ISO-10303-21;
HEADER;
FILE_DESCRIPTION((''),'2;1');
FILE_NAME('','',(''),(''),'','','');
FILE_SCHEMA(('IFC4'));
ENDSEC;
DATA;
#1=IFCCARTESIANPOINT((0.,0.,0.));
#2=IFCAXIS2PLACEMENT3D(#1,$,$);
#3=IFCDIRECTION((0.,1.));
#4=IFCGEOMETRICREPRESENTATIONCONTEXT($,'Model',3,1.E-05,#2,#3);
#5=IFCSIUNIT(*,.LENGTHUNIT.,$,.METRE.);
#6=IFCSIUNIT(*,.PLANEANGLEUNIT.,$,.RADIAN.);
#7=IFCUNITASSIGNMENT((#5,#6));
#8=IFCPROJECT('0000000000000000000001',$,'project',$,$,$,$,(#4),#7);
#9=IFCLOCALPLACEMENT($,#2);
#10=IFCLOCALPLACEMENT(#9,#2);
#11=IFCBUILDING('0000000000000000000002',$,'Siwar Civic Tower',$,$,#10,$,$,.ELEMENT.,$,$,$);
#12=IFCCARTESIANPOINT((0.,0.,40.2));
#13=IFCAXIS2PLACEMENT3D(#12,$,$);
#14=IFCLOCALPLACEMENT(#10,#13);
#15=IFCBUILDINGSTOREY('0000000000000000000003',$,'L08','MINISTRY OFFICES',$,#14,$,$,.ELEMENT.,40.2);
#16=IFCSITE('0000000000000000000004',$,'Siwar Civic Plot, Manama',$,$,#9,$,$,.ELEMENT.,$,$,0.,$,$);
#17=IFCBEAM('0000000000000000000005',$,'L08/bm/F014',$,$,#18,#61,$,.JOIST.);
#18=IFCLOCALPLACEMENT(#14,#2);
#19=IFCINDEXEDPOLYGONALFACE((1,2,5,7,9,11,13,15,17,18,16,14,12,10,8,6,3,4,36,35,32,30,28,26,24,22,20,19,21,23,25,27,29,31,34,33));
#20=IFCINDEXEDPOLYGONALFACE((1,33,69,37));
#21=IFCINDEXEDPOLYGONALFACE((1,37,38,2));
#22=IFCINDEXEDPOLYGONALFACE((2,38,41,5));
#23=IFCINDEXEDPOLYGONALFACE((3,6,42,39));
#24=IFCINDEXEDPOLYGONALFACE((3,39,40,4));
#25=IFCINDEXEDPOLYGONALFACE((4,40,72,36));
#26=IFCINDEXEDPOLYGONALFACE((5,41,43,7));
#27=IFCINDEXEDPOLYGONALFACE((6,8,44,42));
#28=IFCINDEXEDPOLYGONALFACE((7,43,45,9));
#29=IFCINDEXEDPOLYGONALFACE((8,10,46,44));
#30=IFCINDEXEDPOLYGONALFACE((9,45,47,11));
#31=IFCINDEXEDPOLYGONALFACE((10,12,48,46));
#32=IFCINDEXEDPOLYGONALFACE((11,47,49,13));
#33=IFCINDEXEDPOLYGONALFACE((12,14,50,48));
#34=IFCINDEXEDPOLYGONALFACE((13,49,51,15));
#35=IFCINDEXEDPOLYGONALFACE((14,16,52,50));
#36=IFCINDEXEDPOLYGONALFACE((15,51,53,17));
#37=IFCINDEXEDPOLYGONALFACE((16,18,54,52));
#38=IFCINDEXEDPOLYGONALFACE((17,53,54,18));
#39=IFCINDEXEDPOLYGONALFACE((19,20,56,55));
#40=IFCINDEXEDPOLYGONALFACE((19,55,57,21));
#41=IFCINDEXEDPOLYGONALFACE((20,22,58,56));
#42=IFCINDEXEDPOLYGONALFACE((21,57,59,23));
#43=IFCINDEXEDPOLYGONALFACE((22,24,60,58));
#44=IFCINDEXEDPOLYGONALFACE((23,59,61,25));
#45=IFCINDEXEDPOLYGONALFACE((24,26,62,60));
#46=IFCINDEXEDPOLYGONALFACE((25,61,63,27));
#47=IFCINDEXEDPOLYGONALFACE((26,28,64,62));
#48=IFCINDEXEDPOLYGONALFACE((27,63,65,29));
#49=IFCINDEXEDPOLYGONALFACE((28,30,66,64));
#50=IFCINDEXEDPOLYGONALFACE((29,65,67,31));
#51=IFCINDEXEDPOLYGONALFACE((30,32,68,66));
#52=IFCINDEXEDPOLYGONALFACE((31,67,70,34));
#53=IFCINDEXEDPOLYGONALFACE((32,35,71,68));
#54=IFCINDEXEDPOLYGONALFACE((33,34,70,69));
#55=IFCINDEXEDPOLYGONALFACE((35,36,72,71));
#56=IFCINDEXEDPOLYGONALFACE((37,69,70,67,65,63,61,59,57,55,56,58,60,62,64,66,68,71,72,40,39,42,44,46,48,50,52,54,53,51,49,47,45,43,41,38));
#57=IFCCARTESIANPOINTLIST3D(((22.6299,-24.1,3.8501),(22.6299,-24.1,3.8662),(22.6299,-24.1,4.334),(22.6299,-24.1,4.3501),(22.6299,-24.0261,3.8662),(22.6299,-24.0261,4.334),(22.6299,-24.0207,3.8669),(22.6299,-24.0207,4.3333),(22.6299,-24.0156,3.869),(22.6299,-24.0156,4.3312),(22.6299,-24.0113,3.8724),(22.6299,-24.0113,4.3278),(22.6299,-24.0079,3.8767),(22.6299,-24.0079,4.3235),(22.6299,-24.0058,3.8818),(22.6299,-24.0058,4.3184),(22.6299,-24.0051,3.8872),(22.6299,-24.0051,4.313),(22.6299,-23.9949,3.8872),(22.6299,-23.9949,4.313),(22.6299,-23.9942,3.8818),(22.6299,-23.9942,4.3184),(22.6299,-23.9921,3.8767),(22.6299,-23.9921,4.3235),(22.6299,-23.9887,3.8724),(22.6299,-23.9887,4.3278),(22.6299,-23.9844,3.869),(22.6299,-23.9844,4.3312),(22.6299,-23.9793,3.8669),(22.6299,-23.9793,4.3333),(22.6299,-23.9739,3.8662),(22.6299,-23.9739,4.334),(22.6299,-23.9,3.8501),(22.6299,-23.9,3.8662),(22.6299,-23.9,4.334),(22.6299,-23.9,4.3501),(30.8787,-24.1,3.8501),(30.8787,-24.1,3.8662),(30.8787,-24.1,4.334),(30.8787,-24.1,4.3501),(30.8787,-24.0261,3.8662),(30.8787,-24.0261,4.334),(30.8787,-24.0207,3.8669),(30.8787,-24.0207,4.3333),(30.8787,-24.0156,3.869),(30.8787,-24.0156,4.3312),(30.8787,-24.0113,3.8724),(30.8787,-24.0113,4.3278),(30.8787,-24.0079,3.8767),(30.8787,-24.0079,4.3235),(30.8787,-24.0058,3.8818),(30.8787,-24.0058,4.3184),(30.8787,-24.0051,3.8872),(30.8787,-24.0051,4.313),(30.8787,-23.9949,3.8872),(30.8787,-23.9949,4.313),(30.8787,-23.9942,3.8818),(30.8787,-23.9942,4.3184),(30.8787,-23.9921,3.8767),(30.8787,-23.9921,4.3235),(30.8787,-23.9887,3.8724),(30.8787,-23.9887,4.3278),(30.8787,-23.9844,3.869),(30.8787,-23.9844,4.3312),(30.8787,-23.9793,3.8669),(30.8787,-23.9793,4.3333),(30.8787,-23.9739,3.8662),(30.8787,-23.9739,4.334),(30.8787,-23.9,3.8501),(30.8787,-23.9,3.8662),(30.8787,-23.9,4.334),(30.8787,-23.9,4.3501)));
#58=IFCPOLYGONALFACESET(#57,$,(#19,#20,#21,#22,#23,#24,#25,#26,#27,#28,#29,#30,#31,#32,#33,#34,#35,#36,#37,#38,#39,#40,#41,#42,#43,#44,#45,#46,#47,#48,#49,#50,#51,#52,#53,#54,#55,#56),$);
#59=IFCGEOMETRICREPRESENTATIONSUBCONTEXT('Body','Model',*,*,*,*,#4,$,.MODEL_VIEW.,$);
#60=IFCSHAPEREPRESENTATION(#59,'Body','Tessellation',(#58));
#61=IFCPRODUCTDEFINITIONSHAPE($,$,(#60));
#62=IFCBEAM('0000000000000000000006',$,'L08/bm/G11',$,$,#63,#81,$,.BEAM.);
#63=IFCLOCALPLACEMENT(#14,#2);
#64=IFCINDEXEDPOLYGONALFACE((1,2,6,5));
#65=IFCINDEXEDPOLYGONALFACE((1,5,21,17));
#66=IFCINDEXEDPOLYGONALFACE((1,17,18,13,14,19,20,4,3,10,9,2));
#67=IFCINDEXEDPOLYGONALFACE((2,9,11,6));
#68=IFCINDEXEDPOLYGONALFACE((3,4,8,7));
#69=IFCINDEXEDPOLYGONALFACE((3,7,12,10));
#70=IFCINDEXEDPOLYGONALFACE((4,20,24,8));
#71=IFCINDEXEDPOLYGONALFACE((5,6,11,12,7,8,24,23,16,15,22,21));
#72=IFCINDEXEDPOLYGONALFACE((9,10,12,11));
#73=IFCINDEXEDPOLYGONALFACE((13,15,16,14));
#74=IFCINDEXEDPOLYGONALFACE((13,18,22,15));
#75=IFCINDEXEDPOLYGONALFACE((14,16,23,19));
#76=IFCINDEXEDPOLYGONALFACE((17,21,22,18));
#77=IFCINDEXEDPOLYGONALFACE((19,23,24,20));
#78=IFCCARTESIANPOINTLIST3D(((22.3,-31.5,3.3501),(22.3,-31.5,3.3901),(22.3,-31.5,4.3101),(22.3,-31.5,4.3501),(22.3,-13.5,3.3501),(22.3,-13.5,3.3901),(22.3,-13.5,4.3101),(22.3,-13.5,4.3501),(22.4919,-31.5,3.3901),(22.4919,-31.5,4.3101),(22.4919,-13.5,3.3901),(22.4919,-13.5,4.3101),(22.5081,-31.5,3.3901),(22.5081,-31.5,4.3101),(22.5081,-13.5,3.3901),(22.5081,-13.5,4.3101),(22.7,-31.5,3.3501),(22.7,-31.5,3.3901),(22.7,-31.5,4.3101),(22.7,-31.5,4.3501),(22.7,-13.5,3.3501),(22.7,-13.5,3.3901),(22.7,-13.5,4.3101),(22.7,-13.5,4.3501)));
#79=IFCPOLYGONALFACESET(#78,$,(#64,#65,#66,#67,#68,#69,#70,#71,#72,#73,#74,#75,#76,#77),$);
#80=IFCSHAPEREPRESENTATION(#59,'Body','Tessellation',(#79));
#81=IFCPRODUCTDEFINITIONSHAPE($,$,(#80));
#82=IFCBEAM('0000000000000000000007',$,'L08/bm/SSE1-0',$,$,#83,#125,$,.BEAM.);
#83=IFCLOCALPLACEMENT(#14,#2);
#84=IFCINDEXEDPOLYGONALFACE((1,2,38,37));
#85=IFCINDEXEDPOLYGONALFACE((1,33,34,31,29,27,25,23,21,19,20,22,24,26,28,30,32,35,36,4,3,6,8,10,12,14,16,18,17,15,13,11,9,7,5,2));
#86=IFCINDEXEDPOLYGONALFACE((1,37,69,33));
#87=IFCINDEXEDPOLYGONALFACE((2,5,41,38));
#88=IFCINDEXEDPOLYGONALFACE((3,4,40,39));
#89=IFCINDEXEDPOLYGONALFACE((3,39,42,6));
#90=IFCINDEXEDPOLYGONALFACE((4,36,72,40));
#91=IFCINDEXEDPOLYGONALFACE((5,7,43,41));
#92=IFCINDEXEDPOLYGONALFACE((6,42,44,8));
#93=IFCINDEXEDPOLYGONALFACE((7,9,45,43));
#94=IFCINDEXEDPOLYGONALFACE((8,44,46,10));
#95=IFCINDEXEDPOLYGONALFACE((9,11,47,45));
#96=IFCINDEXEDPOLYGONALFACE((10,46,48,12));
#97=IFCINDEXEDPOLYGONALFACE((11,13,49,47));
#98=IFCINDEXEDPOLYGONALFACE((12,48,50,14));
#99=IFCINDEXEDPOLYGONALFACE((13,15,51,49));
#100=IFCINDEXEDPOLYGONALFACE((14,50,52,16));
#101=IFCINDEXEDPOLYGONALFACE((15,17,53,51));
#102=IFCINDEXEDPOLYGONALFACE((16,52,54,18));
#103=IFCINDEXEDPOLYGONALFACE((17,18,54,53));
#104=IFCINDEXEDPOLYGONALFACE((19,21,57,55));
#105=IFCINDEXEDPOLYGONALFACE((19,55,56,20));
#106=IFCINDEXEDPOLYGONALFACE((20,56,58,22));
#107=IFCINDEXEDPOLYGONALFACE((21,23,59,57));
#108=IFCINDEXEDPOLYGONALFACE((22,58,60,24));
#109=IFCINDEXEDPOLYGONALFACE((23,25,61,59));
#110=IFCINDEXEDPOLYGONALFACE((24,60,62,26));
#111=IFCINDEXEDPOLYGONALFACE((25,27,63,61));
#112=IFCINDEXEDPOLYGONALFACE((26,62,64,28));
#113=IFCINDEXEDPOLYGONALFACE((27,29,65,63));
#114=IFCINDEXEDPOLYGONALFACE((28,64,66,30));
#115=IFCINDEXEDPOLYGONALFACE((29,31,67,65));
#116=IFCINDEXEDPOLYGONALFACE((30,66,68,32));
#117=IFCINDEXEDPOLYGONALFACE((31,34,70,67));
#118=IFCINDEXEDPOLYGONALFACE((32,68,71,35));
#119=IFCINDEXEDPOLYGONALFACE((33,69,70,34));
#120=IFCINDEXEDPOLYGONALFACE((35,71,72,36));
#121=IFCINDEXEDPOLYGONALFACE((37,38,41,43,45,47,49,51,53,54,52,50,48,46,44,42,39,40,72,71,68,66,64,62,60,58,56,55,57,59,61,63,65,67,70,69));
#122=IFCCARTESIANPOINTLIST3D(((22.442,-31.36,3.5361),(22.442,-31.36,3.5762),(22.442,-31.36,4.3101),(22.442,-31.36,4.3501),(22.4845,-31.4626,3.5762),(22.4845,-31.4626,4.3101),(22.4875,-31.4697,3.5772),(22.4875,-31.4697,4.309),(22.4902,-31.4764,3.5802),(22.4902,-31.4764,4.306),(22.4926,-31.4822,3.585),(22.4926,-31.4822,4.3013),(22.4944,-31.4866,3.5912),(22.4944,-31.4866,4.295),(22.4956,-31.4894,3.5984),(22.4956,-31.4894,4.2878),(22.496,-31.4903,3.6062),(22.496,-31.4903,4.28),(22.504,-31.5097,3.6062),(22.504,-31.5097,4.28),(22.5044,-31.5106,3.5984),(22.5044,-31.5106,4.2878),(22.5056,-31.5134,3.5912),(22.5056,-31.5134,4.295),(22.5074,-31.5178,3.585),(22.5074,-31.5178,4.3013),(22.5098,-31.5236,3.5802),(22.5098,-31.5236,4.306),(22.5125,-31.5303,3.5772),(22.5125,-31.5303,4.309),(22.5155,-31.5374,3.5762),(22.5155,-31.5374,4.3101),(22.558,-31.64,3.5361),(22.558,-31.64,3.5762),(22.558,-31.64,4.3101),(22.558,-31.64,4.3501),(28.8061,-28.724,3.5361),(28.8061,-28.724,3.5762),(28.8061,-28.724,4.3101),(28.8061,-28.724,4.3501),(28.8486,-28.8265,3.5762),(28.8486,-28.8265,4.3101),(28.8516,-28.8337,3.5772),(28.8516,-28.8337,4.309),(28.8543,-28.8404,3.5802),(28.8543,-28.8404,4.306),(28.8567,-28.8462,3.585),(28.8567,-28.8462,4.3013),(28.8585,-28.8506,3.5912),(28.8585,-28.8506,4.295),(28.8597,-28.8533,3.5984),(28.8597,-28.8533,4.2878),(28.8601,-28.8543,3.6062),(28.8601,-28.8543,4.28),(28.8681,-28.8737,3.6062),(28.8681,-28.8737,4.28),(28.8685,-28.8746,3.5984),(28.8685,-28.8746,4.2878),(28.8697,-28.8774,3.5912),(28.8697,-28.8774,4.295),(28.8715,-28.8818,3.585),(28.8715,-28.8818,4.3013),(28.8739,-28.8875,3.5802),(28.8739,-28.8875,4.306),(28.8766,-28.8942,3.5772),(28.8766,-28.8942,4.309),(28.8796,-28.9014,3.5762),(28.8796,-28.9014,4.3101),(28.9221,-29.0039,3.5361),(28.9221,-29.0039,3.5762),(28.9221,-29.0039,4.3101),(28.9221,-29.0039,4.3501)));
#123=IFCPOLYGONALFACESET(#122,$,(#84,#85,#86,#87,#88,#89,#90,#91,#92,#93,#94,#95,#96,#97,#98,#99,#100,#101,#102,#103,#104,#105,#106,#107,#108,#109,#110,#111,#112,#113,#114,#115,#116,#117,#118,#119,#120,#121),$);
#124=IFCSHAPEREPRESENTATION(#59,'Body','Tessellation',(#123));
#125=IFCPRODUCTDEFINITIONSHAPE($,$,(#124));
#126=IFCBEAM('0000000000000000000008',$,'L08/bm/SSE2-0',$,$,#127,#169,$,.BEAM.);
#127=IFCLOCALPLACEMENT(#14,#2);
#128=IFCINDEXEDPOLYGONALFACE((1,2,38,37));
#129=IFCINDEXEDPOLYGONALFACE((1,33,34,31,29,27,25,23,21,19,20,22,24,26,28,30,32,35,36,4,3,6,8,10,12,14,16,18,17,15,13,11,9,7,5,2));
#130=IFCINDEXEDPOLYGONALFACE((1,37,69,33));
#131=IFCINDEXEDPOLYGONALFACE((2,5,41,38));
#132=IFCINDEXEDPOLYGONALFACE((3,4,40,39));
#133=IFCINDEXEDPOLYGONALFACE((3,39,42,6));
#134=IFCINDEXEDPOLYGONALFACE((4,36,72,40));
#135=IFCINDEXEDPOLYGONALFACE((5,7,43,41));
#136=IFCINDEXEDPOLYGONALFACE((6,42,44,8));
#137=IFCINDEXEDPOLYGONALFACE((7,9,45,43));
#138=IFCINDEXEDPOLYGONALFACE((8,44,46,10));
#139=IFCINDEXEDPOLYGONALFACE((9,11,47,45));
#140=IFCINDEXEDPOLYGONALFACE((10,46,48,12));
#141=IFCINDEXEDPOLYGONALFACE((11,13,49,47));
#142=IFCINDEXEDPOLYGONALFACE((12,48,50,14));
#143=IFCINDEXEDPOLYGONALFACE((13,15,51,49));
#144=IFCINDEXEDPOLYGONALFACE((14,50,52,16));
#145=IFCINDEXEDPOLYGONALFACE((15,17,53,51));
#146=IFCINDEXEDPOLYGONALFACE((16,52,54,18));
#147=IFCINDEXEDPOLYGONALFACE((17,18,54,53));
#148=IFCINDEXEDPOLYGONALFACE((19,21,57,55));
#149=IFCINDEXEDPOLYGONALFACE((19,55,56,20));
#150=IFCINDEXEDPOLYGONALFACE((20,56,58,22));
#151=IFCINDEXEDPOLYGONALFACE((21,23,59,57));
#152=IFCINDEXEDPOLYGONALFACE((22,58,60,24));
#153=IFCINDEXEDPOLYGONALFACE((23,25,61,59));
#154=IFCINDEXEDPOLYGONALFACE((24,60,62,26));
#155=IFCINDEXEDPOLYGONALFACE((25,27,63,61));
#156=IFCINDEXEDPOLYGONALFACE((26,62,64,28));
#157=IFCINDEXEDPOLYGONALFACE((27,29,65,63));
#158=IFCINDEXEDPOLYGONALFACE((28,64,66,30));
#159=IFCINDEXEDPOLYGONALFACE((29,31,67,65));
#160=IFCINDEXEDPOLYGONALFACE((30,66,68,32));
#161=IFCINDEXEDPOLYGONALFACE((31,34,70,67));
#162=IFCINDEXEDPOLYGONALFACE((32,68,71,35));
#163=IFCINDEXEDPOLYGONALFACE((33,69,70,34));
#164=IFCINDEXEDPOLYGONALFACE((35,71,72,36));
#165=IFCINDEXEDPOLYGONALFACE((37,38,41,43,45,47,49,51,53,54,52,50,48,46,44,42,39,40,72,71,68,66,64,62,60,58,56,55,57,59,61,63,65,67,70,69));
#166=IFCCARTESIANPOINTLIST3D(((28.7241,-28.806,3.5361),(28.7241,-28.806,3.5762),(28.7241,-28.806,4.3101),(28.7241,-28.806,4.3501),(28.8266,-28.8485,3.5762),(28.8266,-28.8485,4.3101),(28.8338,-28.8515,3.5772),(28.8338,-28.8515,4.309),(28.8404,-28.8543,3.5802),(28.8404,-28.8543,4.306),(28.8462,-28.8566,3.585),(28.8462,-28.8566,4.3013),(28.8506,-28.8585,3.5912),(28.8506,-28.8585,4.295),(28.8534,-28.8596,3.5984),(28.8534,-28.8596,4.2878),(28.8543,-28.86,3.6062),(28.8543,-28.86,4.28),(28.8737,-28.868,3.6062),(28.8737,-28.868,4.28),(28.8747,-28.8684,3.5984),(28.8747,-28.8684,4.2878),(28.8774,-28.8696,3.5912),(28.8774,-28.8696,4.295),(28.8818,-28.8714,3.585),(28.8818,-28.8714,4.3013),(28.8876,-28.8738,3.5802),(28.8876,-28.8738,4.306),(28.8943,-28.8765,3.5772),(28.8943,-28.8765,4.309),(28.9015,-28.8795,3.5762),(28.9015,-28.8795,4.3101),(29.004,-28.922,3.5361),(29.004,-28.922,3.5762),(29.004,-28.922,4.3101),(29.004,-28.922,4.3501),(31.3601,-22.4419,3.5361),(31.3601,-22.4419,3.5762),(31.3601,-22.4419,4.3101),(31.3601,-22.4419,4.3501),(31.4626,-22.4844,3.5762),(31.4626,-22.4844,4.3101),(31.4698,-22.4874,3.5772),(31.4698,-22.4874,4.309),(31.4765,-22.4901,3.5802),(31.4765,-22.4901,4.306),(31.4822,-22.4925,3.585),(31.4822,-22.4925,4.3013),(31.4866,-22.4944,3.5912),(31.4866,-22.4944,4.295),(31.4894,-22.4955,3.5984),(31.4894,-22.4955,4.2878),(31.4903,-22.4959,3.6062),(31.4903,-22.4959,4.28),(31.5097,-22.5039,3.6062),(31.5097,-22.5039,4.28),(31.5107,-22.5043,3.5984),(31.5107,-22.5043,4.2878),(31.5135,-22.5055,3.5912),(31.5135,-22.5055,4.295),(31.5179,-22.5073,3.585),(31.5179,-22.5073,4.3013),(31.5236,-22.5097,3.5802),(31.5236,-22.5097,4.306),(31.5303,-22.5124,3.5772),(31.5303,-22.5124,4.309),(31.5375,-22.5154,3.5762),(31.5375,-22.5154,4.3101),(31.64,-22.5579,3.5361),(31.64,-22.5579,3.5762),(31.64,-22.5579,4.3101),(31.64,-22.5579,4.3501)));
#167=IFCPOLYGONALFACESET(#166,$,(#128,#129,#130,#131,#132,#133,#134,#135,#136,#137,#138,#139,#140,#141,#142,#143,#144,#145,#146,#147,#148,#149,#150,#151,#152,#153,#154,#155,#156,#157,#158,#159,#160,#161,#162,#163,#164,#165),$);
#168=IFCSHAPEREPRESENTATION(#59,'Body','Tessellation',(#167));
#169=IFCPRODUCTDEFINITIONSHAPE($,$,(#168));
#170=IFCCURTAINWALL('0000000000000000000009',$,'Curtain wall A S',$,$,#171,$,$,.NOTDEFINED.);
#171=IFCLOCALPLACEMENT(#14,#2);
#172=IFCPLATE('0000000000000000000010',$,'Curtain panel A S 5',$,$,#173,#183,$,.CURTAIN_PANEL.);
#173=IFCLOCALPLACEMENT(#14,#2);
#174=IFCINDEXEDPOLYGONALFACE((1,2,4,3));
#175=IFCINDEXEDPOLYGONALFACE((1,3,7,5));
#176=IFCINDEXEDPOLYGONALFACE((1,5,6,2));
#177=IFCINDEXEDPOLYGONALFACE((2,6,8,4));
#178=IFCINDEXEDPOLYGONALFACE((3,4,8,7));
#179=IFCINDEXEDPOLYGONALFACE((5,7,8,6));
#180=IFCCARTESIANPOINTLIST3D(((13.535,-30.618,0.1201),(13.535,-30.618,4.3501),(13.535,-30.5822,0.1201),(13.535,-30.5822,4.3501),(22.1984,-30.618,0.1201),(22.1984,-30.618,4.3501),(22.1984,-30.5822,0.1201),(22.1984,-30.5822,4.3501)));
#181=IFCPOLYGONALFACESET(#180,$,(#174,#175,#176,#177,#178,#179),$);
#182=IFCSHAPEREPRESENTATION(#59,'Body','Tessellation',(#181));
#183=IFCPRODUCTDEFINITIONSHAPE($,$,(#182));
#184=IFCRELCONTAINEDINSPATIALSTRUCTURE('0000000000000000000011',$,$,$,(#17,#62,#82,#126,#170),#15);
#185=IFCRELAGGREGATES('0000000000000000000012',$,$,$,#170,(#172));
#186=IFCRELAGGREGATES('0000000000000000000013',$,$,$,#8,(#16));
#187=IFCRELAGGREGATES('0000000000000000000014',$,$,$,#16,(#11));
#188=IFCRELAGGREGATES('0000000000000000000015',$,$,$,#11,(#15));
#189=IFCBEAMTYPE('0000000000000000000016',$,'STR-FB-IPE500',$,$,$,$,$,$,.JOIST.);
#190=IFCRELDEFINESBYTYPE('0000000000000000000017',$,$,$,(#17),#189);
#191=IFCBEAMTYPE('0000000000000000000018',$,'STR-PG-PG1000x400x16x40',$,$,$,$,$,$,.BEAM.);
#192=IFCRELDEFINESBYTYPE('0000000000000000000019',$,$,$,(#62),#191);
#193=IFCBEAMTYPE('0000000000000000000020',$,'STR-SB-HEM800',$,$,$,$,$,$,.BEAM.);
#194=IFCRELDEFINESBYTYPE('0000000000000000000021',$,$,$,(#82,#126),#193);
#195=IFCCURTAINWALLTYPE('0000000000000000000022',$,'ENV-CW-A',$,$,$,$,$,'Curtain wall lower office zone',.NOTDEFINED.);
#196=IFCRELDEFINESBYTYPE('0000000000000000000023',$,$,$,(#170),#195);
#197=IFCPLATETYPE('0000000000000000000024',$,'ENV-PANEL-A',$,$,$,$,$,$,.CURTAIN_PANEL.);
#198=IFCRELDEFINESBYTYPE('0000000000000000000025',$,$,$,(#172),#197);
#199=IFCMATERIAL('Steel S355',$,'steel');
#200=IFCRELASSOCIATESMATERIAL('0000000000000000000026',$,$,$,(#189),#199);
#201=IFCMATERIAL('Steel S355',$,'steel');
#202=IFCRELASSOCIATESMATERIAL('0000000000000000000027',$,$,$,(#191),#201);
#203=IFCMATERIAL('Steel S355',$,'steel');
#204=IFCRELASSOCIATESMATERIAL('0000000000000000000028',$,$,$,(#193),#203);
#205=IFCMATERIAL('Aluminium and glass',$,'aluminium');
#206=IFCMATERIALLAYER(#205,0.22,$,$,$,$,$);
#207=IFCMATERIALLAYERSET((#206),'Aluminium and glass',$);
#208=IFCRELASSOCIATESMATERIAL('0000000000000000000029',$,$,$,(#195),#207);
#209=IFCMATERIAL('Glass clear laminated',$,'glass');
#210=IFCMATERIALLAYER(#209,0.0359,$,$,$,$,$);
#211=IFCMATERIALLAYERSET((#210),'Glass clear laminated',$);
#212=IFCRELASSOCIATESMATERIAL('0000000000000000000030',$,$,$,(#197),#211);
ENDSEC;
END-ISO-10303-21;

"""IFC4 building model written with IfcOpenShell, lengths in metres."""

from ifc_helpers import new_model, si_unit, direction, frame, origin, origin_2d, place, context, subcontext, project, spatial, rectangle, i_section, extrude, material, layer, layer_set, material_profile, profile_set, type_object, element, aggregate, save


model = new_model("IFC4")

# Units and contexts
model_context = context("Model", 3, precision=1e-05, world=origin(), true_north=direction((0.0, 1.0)))
body_context = subcontext(model_context, "Body", "Model", "MODEL_VIEW")
ifc_project = project(units=[si_unit("LENGTHUNIT", "METRE"), si_unit("PLANEANGLEUNIT", "RADIAN")], contexts=[model_context])

# Site, building, storey
site_placement = place(None, origin())
site = spatial("IfcSite", under=ifc_project, at=site_placement, Name="Siwar Civic Plot, Manama", CompositionType="ELEMENT", RefElevation=0.0)
building_placement = place(site_placement, origin())
building = spatial("IfcBuilding", under=site, at=building_placement, Name="Siwar Civic Tower", CompositionType="ELEMENT")
storey_placement = place(building_placement, frame((0.0, 0.0, 40.2)))
storey = spatial("IfcBuildingStorey", under=building, at=storey_placement, Name="L08", Description="MINISTRY OFFICES", CompositionType="ELEMENT", Elevation=40.2)

# Beams
ifc_material_1 = material(Name="Steel S355", Category="steel")
ifc_material_profile_1 = material_profile(ifc_material_1, i_section(OverallWidth=0.2, OverallDepth=0.5, WebThickness=0.0103, FlangeThickness=0.0161, FilletRadius=0.021, at=origin_2d()), Name="IPE500")
ifc_profile_set_1 = profile_set([ifc_material_profile_1], Name="Steel S355")
beam_type_1 = type_object("IfcBeamType", Name="STR-FB-IPE500", PredefinedType="JOIST", material=ifc_profile_set_1)
beam_1_placement = place(storey_placement, frame((22.6299, -24.0, 4.1001), z_axis=(1.0, 0.0, 0.0), x_axis=(0.0, 1.0, 0.0)))
element("IfcBeam", 1, at=beam_1_placement, inside=storey, type_object=beam_type_1, Name="L08/bm/F014", PredefinedType="JOIST", context=body_context, shape_type="SweptSolid", body=[
    extrude(i_section(OverallWidth=0.2, OverallDepth=0.5, WebThickness=0.0103, FlangeThickness=0.0161, FilletRadius=0.021, at=origin_2d()), origin(), (0.0, 0.0, 1.0), 8.2488),
])
ifc_material_2 = material(Name="Steel S355", Category="steel")
ifc_material_profile_2 = material_profile(ifc_material_2, i_section(OverallWidth=0.3999, OverallDepth=1.0, WebThickness=0.0161, FlangeThickness=0.04, at=origin_2d()), Name="PG1000x400x16x40")
ifc_profile_set_2 = profile_set([ifc_material_profile_2], Name="Steel S355")
beam_type_2 = type_object("IfcBeamType", Name="STR-PG-PG1000x400x16x40", PredefinedType="BEAM", material=ifc_profile_set_2)
beam_2_placement = place(storey_placement, frame((22.5, -31.5, 3.8501), z_axis=(0.0, 1.0, 0.0), x_axis=(-1.0, 0.0, 0.0)))
element("IfcBeam", 2, at=beam_2_placement, inside=storey, type_object=beam_type_2, Name="L08/bm/G11", PredefinedType="BEAM", context=body_context, shape_type="SweptSolid", body=[
    extrude(i_section(OverallWidth=0.3999, OverallDepth=1.0, WebThickness=0.0161, FlangeThickness=0.04, at=origin_2d()), origin(), (0.0, 0.0, 1.0), 18.0),
])
ifc_material_3 = material(Name="Steel S355", Category="steel")
ifc_material_profile_3 = material_profile(ifc_material_3, i_section(OverallWidth=0.303, OverallDepth=0.814, WebThickness=0.021, FlangeThickness=0.04, FilletRadius=0.03, at=origin_2d()), Name="HEM800")
ifc_profile_set_3 = profile_set([ifc_material_profile_3], Name="Steel S355")
beam_type_3 = type_object("IfcBeamType", Name="STR-SB-HEM800", PredefinedType="BEAM", material=ifc_profile_set_3)
for number, where, z_axis, x_axis, name in (
    (3, (22.5, -31.5, 3.9431), (0.923883, 0.382674, 0.0), (-0.382674, 0.923883, 0.0), "L08/bm/SSE1-0"),
    (4, (28.864, -28.864, 3.9431), (0.382674, 0.923883, 0.0), (-0.923883, 0.382674, 0.0), "L08/bm/SSE2-0"),
):
    element("IfcBeam", number, at=place(storey_placement, frame(where, z_axis=z_axis, x_axis=x_axis)), inside=storey, type_object=beam_type_3, Name=name, PredefinedType="BEAM", context=body_context, shape_type="SweptSolid", body=[
        extrude(i_section(OverallWidth=0.303, OverallDepth=0.814, WebThickness=0.021, FlangeThickness=0.04, FilletRadius=0.03, at=origin_2d()), origin(), (0.0, 0.0, 1.0), 6.8884),
    ])

# Curtain wall, plate
ifc_material_4 = material(Name="Aluminium and glass", Category="aluminium")
ifc_layer_1 = layer(ifc_material_4, 0.22)
ifc_layer_set_1 = layer_set([ifc_layer_1], Name="Aluminium and glass")
curtain_wall_type_1 = type_object("IfcCurtainWallType", Name="ENV-CW-A", ElementType="Curtain wall lower office zone", PredefinedType="NOTDEFINED", material=ifc_layer_set_1)
curtain_wall_1_placement = place(storey_placement, origin())
curtain_wall_1 = element("IfcCurtainWall", 5, at=curtain_wall_1_placement, inside=storey, type_object=curtain_wall_type_1, Name="Curtain wall A S", PredefinedType="NOTDEFINED")
ifc_material_5 = material(Name="Glass clear laminated", Category="glass")
ifc_layer_2 = layer(ifc_material_5, 0.0359)
ifc_layer_set_2 = layer_set([ifc_layer_2], Name="Glass clear laminated")
plate_type_1 = type_object("IfcPlateType", Name="ENV-PANEL-A", PredefinedType="CURTAIN_PANEL", material=ifc_layer_set_2)
plate_1_placement = place(storey_placement, frame((17.8667, -30.6001, 0.1201), z_axis=(0.0, 0.0, 1.0), x_axis=(1.0, 0.0, 0.0)))
plate_1 = element("IfcPlate", 6, at=plate_1_placement, type_object=plate_type_1, Name="Curtain panel A S 5", PredefinedType="CURTAIN_PANEL", context=body_context, shape_type="SweptSolid", body=[
    extrude(rectangle(XDim=8.6633, YDim=0.0359, at=origin_2d()), origin(), (0.0, 0.0, 1.0), 4.23),
])
aggregate(curtain_wall_1, [plate_1])

save(model, "model.ifc")
